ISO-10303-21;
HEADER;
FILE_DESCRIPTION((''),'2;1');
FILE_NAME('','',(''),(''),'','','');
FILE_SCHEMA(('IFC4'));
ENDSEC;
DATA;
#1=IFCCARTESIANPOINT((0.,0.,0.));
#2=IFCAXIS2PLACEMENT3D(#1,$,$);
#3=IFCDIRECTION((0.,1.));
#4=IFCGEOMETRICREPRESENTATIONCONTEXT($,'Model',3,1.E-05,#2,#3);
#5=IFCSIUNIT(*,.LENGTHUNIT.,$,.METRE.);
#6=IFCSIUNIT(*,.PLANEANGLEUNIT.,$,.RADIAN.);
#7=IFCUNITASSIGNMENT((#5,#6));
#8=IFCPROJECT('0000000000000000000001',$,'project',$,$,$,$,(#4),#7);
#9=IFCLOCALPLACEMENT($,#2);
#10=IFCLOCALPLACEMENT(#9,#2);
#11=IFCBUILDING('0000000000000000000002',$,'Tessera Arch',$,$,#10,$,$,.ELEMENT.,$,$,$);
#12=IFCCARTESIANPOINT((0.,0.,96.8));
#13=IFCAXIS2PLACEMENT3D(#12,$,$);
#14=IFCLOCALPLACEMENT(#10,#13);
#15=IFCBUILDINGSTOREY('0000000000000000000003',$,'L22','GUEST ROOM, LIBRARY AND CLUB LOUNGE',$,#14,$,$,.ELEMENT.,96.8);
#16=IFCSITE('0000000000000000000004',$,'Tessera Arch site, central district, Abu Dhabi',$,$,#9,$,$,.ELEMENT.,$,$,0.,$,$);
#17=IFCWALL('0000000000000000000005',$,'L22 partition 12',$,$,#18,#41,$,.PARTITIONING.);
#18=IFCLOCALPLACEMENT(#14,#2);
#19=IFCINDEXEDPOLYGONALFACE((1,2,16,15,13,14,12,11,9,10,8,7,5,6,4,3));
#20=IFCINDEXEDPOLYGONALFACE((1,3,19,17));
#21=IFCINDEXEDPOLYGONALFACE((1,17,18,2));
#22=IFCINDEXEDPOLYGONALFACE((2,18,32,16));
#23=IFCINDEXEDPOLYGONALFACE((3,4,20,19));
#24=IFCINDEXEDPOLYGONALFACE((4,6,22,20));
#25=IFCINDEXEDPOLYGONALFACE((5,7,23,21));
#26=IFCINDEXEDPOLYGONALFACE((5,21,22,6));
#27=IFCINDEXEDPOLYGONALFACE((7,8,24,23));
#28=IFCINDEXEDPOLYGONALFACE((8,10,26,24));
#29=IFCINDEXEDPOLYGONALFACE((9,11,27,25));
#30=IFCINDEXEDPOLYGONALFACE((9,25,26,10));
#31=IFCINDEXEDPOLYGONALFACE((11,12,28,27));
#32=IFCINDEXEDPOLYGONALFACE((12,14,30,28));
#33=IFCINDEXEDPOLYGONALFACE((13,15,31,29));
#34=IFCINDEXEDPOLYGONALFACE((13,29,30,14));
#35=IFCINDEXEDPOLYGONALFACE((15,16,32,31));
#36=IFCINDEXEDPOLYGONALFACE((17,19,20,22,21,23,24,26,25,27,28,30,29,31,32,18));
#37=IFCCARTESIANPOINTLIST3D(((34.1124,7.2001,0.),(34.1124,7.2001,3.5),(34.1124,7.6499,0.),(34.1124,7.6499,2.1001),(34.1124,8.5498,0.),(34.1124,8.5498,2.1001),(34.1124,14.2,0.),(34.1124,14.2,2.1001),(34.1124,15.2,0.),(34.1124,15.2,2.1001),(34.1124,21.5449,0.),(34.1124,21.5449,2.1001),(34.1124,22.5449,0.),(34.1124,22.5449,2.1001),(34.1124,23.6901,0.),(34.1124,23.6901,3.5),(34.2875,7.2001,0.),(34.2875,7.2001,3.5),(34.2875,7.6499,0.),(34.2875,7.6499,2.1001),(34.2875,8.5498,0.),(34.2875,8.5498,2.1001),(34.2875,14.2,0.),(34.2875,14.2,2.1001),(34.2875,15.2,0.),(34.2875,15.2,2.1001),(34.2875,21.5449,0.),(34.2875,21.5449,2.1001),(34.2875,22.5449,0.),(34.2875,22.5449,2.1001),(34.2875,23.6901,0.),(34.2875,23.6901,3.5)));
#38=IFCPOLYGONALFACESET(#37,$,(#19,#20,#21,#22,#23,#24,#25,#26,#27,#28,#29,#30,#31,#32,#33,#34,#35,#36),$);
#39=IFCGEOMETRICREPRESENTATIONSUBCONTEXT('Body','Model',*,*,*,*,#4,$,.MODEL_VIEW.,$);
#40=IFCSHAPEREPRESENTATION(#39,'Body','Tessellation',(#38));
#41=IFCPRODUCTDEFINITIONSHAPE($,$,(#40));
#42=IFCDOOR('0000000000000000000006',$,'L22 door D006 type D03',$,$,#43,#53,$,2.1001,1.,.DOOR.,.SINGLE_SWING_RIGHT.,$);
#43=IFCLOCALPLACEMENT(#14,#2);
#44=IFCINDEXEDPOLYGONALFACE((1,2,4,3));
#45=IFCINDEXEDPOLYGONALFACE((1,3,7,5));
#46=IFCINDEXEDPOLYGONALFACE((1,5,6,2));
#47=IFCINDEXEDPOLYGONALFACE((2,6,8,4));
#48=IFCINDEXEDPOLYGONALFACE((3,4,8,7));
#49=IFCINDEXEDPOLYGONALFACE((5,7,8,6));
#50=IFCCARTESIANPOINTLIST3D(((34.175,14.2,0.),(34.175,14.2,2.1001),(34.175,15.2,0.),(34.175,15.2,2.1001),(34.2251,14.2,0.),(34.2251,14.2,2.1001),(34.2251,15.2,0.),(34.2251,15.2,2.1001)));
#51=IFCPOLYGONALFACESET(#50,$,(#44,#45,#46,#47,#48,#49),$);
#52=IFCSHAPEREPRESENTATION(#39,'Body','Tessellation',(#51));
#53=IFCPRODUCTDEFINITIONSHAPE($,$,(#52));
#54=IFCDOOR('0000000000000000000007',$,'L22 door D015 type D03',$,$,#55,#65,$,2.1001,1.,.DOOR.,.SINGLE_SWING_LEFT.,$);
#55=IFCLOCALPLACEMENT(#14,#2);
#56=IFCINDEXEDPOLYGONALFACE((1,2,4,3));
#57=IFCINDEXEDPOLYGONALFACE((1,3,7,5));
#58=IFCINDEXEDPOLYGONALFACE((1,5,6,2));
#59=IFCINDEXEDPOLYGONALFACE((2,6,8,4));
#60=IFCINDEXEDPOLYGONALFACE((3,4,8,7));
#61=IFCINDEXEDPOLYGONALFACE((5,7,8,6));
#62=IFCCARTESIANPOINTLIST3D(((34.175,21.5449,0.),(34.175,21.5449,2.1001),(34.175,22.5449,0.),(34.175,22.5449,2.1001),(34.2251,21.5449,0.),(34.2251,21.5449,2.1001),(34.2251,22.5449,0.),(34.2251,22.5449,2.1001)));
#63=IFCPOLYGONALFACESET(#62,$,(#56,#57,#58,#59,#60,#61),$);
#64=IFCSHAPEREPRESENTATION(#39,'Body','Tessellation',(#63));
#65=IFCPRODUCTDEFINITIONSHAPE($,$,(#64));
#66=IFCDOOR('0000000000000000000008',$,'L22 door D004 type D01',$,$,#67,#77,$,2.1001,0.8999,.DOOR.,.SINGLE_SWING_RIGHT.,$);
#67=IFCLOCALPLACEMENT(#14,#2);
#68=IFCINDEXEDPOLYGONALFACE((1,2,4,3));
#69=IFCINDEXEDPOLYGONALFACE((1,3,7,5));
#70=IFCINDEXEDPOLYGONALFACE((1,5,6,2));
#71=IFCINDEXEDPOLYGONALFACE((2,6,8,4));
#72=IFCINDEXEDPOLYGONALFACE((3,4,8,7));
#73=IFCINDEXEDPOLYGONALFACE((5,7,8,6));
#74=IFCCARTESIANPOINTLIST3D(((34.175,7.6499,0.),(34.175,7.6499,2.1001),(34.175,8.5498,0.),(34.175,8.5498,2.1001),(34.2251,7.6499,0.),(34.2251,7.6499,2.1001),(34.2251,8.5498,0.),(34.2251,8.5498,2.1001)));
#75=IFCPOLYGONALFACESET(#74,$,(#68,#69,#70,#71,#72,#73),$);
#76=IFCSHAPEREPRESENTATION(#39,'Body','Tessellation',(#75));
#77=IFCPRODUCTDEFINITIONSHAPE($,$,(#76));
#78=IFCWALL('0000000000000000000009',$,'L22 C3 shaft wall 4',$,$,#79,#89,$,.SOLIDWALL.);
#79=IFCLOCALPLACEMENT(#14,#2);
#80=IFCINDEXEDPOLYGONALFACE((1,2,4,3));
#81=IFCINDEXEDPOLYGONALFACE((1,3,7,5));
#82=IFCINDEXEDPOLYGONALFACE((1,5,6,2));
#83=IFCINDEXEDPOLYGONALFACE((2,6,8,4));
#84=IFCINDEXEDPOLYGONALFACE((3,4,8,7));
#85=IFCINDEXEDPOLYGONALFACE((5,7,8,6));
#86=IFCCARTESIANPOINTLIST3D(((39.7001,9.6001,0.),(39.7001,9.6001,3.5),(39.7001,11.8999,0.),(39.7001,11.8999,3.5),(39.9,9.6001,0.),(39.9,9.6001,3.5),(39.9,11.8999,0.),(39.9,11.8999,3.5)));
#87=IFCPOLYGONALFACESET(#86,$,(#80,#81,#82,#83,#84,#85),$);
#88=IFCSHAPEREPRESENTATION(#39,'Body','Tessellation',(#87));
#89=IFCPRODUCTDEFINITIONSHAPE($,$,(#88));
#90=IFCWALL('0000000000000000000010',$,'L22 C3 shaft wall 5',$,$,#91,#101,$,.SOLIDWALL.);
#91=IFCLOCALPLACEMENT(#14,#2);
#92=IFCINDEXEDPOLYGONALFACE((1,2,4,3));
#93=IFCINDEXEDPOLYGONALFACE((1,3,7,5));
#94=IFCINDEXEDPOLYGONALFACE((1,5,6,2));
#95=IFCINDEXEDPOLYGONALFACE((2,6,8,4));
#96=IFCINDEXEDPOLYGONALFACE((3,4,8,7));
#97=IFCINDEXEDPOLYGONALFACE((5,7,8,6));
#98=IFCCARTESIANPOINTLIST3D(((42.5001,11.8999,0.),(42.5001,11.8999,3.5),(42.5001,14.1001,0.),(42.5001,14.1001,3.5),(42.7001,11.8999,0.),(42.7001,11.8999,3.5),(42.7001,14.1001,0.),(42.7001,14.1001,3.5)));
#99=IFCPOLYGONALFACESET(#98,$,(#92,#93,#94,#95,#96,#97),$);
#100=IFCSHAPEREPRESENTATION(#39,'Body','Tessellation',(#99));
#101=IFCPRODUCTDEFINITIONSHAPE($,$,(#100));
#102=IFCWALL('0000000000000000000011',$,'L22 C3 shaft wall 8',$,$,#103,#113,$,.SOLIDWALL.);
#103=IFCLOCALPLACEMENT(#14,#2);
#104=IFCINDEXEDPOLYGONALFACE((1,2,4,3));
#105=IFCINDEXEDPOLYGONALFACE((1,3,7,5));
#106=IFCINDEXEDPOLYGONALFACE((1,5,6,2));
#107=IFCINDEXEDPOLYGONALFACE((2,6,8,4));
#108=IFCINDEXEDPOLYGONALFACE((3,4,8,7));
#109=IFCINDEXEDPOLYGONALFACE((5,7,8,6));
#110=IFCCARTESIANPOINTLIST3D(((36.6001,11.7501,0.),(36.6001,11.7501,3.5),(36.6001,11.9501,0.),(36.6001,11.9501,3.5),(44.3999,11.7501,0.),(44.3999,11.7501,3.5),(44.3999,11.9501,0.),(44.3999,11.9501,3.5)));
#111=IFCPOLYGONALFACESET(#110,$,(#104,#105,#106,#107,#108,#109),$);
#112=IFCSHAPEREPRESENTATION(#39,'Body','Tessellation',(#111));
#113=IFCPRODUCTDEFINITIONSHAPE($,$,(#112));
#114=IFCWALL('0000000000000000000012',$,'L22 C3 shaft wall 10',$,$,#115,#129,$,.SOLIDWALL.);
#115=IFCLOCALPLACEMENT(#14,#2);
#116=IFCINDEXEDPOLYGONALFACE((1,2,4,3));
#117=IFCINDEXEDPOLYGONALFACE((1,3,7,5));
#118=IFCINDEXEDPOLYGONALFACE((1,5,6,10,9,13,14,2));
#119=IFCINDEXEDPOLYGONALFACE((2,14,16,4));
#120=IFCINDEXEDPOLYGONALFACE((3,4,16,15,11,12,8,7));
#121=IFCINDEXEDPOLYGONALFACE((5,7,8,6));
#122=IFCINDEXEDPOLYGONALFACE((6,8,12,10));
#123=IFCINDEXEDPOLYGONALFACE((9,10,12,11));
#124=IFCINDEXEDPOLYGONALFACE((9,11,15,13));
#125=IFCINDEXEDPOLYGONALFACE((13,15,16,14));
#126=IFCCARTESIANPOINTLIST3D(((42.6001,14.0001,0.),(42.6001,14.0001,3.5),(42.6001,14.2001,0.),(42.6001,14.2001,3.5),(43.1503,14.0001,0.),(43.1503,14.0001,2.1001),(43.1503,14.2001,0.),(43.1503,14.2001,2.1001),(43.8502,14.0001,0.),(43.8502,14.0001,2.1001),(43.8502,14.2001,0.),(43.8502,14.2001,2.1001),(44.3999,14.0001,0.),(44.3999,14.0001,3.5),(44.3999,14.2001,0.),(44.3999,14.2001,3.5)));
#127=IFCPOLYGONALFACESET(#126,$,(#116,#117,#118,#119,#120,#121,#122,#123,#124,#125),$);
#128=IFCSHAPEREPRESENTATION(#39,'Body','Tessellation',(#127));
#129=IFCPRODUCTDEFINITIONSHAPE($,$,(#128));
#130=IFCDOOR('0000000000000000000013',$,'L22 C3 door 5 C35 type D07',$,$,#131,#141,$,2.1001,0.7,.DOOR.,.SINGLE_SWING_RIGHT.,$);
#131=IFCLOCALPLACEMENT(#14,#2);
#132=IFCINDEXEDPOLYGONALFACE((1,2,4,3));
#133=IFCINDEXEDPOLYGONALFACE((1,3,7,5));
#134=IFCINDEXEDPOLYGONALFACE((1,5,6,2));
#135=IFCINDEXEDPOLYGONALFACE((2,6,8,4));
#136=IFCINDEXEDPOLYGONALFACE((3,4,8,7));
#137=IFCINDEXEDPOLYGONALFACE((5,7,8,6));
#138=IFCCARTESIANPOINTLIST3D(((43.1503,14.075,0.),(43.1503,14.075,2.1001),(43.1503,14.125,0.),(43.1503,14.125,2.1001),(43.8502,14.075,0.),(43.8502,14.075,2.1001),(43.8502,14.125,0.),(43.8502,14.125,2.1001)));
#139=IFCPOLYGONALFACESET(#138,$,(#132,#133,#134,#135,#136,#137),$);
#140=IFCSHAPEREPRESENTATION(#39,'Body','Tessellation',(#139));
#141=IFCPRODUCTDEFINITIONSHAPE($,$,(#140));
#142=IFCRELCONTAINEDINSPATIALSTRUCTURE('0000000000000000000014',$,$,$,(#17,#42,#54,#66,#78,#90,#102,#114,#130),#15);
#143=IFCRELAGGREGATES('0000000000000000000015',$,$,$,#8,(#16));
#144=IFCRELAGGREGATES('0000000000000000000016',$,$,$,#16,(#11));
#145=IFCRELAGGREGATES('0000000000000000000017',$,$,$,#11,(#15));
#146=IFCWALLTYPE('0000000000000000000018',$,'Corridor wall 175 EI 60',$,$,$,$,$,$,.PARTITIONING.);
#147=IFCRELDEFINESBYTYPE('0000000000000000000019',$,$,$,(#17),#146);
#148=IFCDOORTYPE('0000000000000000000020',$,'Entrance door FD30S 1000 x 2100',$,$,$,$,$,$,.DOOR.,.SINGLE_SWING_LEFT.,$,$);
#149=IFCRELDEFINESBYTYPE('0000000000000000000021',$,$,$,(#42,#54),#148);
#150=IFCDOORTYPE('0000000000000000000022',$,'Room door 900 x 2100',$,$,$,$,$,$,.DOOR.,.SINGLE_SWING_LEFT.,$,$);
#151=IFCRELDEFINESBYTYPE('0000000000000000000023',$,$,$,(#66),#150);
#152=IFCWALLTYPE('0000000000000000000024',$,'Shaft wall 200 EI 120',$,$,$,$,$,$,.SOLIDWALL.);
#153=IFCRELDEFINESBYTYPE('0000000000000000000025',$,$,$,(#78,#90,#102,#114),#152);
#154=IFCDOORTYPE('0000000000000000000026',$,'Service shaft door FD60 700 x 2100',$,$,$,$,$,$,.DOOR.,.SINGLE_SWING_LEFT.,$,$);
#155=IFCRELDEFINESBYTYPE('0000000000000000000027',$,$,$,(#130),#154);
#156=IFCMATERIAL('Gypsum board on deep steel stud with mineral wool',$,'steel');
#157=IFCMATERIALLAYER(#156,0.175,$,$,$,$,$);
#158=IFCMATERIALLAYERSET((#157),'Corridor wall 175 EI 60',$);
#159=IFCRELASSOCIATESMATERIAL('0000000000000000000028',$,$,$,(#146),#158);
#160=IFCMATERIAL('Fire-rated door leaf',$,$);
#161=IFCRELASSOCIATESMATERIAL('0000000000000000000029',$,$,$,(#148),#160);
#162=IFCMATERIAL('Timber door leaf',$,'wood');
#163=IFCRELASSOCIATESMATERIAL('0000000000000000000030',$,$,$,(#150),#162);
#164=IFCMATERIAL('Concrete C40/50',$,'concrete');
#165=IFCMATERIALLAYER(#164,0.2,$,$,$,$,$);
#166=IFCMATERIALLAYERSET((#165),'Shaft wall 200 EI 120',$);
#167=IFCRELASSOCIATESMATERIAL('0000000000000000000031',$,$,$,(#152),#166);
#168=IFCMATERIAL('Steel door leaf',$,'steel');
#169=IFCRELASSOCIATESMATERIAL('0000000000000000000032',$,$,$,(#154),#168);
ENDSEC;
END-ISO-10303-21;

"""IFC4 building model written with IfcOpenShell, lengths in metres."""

from ifc_helpers import new_model, si_unit, direction, frame, frame_2d, origin, place, context, subcontext, project, spatial, rectangle, extrude, material, layer, layer_set, type_object, element, fill, save


model = new_model("IFC4")

# Units and contexts
model_context = context("Model", 3, precision=1e-05, world=origin(), true_north=direction((0.0, 1.0)))
body_context = subcontext(model_context, "Body", "Model", "MODEL_VIEW")
ifc_project = project(units=[si_unit("LENGTHUNIT", "METRE"), si_unit("PLANEANGLEUNIT", "RADIAN")], contexts=[model_context])

# Site, building, storey
site_placement = place(None, origin())
site = spatial("IfcSite", under=ifc_project, at=site_placement, Name="Tessera Arch site, central district, Abu Dhabi", CompositionType="ELEMENT", RefElevation=0.0)
building_placement = place(site_placement, origin())
building = spatial("IfcBuilding", under=site, at=building_placement, Name="Tessera Arch", CompositionType="ELEMENT")
storey_placement = place(building_placement, frame((0.0, 0.0, 96.8)))
storey = spatial("IfcBuildingStorey", under=building, at=storey_placement, Name="L22", Description="GUEST ROOM, LIBRARY AND CLUB LOUNGE", CompositionType="ELEMENT", Elevation=96.8)

# Shared definitions
ifc_material_1 = material(Name="Gypsum board on deep steel stud with mineral wool", Category="steel")
ifc_layer_1 = layer(ifc_material_1, 0.175)
ifc_layer_set_1 = layer_set([ifc_layer_1], Name="Corridor wall 175 EI 60")
wall_type_1 = type_object("IfcWallType", Name="Corridor wall 175 EI 60", PredefinedType="PARTITIONING", material=ifc_layer_set_1)
ifc_material_2 = material(Name="Fire-rated door leaf")
door_type_1 = type_object("IfcDoorType", Name="Entrance door FD30S 1000 x 2100", OperationType="SINGLE_SWING_LEFT", PredefinedType="DOOR", material=ifc_material_2)

# Wall, openings, doors
wall_1_placement = place(storey_placement, frame((34.2, 7.2, 0.0), z_axis=(0.0, 0.0, 1.0), x_axis=(0.0, 1.0, 0.0)))
wall_1 = element("IfcWall", 1, at=wall_1_placement, inside=storey, type_object=wall_type_1, Name="L22 partition 12", PredefinedType="PARTITIONING", context=body_context, shape_type="SweptSolid", body=[
    extrude(rectangle(XDim=16.49, YDim=0.175, at=frame_2d((8.2451, 0.0))), origin(), (0.0, 0.0, 1.0), 3.5),
])
opening_1_placement = place(wall_1_placement, frame((0.45, 0.0, 0.0)))
opening_1 = element("IfcOpeningElement", 2, at=opening_1_placement, cuts=wall_1, PredefinedType="OPENING", context=body_context, shape_type="SweptSolid", body=[
    extrude(rectangle(XDim=0.8999, YDim=2.1001, at=frame_2d((0.45, 1.05))), frame((0.0, 0.0974, 0.0), z_axis=(0.0, -1.0, 0.0), x_axis=(1.0, 0.0, 0.0)), (0.0, 0.0, 1.0), 0.1951),
])
opening_2_placement = place(wall_1_placement, frame((7.0, 0.0, 0.0)))
opening_2 = element("IfcOpeningElement", 3, at=opening_2_placement, cuts=wall_1, PredefinedType="OPENING", context=body_context, shape_type="SweptSolid", body=[
    extrude(rectangle(XDim=1.0, YDim=2.1001, at=frame_2d((0.5, 1.05))), frame((0.0, 0.0974, 0.0), z_axis=(0.0, -1.0, 0.0), x_axis=(1.0, 0.0, 0.0)), (0.0, 0.0, 1.0), 0.1951),
])
opening_3_placement = place(wall_1_placement, frame((14.345, 0.0, 0.0)))
opening_3 = element("IfcOpeningElement", 4, at=opening_3_placement, cuts=wall_1, PredefinedType="OPENING", context=body_context, shape_type="SweptSolid", body=[
    extrude(rectangle(XDim=1.0, YDim=2.1001, at=frame_2d((0.5, 1.05))), frame((0.0, 0.0974, 0.0), z_axis=(0.0, -1.0, 0.0), x_axis=(1.0, 0.0, 0.0)), (0.0, 0.0, 1.0), 0.1951),
])
door_1_placement = place(opening_2_placement, origin())
door_1 = element("IfcDoor", 5, at=door_1_placement, inside=storey, type_object=door_type_1, Name="L22 door D006 type D03", OperationType="SINGLE_SWING_RIGHT", OverallHeight=2.1001, OverallWidth=1.0, PredefinedType="DOOR", context=body_context, shape_type="SweptSolid", body=[
    extrude(rectangle(XDim=1.0, YDim=2.1001, at=frame_2d((0.5, 1.05))), frame((0.0, 0.0249, 0.0), z_axis=(0.0, -1.0, 0.0), x_axis=(1.0, 0.0, 0.0)), (0.0, 0.0, 1.0), 0.05),
])
fill(opening_2, door_1)
door_2_placement = place(opening_3_placement, origin())
door_2 = element("IfcDoor", 6, at=door_2_placement, inside=storey, type_object=door_type_1, Name="L22 door D015 type D03", OperationType="SINGLE_SWING_LEFT", OverallHeight=2.1001, OverallWidth=1.0, PredefinedType="DOOR", context=body_context, shape_type="SweptSolid", body=[
    extrude(rectangle(XDim=1.0, YDim=2.1001, at=frame_2d((0.5, 1.05))), frame((0.0, 0.0249, 0.0), z_axis=(0.0, -1.0, 0.0), x_axis=(1.0, 0.0, 0.0)), (0.0, 0.0, 1.0), 0.05),
])
fill(opening_3, door_2)
ifc_material_3 = material(Name="Timber door leaf", Category="wood")
door_type_2 = type_object("IfcDoorType", Name="Room door 900 x 2100", OperationType="SINGLE_SWING_LEFT", PredefinedType="DOOR", material=ifc_material_3)
door_3_placement = place(opening_1_placement, origin())
door_3 = element("IfcDoor", 7, at=door_3_placement, inside=storey, type_object=door_type_2, Name="L22 door D004 type D01", OperationType="SINGLE_SWING_RIGHT", OverallHeight=2.1001, OverallWidth=0.8999, PredefinedType="DOOR", context=body_context, shape_type="SweptSolid", body=[
    extrude(rectangle(XDim=0.8999, YDim=2.1001, at=frame_2d((0.45, 1.05))), frame((0.0, 0.0249, 0.0), z_axis=(0.0, -1.0, 0.0), x_axis=(1.0, 0.0, 0.0)), (0.0, 0.0, 1.0), 0.05),
])
fill(opening_1, door_3)

# Walls
ifc_material_4 = material(Name="Concrete C40/50", Category="concrete")
ifc_layer_2 = layer(ifc_material_4, 0.2)
ifc_layer_set_2 = layer_set([ifc_layer_2], Name="Shaft wall 200 EI 120")
wall_type_2 = type_object("IfcWallType", Name="Shaft wall 200 EI 120", PredefinedType="SOLIDWALL", material=ifc_layer_set_2)
wall_2_placement = place(storey_placement, frame((39.8, 9.6001, 0.0), z_axis=(0.0, 0.0, 1.0), x_axis=(0.0, 1.0, 0.0)))
element("IfcWall", 8, at=wall_2_placement, inside=storey, type_object=wall_type_2, Name="L22 C3 shaft wall 4", PredefinedType="SOLIDWALL", context=body_context, shape_type="SweptSolid", body=[
    extrude(rectangle(XDim=2.2998, YDim=0.2, at=frame_2d((1.1499, 0.0))), origin(), (0.0, 0.0, 1.0), 3.5),
])
wall_3_placement = place(storey_placement, frame((42.6001, 11.8999, 0.0), z_axis=(0.0, 0.0, 1.0), x_axis=(0.0, 1.0, 0.0)))
element("IfcWall", 9, at=wall_3_placement, inside=storey, type_object=wall_type_2, Name="L22 C3 shaft wall 5", PredefinedType="SOLIDWALL", context=body_context, shape_type="SweptSolid", body=[
    extrude(rectangle(XDim=2.2002, YDim=0.2, at=frame_2d((1.1001, 0.0))), origin(), (0.0, 0.0, 1.0), 3.5),
])
wall_4_placement = place(storey_placement, frame((36.6001, 11.8501, 0.0), z_axis=(0.0, 0.0, 1.0), x_axis=(1.0, 0.0, 0.0)))
element("IfcWall", 10, at=wall_4_placement, inside=storey, type_object=wall_type_2, Name="L22 C3 shaft wall 8", PredefinedType="SOLIDWALL", context=body_context, shape_type="SweptSolid", body=[
    extrude(rectangle(XDim=7.7998, YDim=0.2, at=frame_2d((3.8999, 0.0))), origin(), (0.0, 0.0, 1.0), 3.5),
])

# Wall, opening, door
wall_5_placement = place(storey_placement, frame((42.6001, 14.1001, 0.0), z_axis=(0.0, 0.0, 1.0), x_axis=(1.0, 0.0, 0.0)))
wall_5 = element("IfcWall", 11, at=wall_5_placement, inside=storey, type_object=wall_type_2, Name="L22 C3 shaft wall 10", PredefinedType="SOLIDWALL", context=body_context, shape_type="SweptSolid", body=[
    extrude(rectangle(XDim=1.7998, YDim=0.2, at=frame_2d((0.8999, 0.0))), origin(), (0.0, 0.0, 1.0), 3.5),
])
opening_4_placement = place(wall_5_placement, frame((0.55, 0.0, 0.0)))
opening_4 = element("IfcOpeningElement", 12, at=opening_4_placement, cuts=wall_5, PredefinedType="OPENING", context=body_context, shape_type="SweptSolid", body=[
    extrude(rectangle(XDim=0.7, YDim=2.1001, at=frame_2d((0.3501, 1.05))), frame((0.0, 0.1099, 0.0), z_axis=(0.0, -1.0, 0.0), x_axis=(1.0, 0.0, 0.0)), (0.0, 0.0, 1.0), 0.22),
])
ifc_material_5 = material(Name="Steel door leaf", Category="steel")
door_type_3 = type_object("IfcDoorType", Name="Service shaft door FD60 700 x 2100", OperationType="SINGLE_SWING_LEFT", PredefinedType="DOOR", material=ifc_material_5)
door_4_placement = place(opening_4_placement, origin())
door_4 = element("IfcDoor", 13, at=door_4_placement, inside=storey, type_object=door_type_3, Name="L22 C3 door 5 C35 type D07", OperationType="SINGLE_SWING_RIGHT", OverallHeight=2.1001, OverallWidth=0.7, PredefinedType="DOOR", context=body_context, shape_type="SweptSolid", body=[
    extrude(rectangle(XDim=0.7, YDim=2.1001, at=frame_2d((0.3501, 1.05))), frame((0.0, 0.0249, 0.0), z_axis=(0.0, -1.0, 0.0), x_axis=(1.0, 0.0, 0.0)), (0.0, 0.0, 1.0), 0.05),
])
fill(opening_4, door_4)

save(model, "model.ifc")
